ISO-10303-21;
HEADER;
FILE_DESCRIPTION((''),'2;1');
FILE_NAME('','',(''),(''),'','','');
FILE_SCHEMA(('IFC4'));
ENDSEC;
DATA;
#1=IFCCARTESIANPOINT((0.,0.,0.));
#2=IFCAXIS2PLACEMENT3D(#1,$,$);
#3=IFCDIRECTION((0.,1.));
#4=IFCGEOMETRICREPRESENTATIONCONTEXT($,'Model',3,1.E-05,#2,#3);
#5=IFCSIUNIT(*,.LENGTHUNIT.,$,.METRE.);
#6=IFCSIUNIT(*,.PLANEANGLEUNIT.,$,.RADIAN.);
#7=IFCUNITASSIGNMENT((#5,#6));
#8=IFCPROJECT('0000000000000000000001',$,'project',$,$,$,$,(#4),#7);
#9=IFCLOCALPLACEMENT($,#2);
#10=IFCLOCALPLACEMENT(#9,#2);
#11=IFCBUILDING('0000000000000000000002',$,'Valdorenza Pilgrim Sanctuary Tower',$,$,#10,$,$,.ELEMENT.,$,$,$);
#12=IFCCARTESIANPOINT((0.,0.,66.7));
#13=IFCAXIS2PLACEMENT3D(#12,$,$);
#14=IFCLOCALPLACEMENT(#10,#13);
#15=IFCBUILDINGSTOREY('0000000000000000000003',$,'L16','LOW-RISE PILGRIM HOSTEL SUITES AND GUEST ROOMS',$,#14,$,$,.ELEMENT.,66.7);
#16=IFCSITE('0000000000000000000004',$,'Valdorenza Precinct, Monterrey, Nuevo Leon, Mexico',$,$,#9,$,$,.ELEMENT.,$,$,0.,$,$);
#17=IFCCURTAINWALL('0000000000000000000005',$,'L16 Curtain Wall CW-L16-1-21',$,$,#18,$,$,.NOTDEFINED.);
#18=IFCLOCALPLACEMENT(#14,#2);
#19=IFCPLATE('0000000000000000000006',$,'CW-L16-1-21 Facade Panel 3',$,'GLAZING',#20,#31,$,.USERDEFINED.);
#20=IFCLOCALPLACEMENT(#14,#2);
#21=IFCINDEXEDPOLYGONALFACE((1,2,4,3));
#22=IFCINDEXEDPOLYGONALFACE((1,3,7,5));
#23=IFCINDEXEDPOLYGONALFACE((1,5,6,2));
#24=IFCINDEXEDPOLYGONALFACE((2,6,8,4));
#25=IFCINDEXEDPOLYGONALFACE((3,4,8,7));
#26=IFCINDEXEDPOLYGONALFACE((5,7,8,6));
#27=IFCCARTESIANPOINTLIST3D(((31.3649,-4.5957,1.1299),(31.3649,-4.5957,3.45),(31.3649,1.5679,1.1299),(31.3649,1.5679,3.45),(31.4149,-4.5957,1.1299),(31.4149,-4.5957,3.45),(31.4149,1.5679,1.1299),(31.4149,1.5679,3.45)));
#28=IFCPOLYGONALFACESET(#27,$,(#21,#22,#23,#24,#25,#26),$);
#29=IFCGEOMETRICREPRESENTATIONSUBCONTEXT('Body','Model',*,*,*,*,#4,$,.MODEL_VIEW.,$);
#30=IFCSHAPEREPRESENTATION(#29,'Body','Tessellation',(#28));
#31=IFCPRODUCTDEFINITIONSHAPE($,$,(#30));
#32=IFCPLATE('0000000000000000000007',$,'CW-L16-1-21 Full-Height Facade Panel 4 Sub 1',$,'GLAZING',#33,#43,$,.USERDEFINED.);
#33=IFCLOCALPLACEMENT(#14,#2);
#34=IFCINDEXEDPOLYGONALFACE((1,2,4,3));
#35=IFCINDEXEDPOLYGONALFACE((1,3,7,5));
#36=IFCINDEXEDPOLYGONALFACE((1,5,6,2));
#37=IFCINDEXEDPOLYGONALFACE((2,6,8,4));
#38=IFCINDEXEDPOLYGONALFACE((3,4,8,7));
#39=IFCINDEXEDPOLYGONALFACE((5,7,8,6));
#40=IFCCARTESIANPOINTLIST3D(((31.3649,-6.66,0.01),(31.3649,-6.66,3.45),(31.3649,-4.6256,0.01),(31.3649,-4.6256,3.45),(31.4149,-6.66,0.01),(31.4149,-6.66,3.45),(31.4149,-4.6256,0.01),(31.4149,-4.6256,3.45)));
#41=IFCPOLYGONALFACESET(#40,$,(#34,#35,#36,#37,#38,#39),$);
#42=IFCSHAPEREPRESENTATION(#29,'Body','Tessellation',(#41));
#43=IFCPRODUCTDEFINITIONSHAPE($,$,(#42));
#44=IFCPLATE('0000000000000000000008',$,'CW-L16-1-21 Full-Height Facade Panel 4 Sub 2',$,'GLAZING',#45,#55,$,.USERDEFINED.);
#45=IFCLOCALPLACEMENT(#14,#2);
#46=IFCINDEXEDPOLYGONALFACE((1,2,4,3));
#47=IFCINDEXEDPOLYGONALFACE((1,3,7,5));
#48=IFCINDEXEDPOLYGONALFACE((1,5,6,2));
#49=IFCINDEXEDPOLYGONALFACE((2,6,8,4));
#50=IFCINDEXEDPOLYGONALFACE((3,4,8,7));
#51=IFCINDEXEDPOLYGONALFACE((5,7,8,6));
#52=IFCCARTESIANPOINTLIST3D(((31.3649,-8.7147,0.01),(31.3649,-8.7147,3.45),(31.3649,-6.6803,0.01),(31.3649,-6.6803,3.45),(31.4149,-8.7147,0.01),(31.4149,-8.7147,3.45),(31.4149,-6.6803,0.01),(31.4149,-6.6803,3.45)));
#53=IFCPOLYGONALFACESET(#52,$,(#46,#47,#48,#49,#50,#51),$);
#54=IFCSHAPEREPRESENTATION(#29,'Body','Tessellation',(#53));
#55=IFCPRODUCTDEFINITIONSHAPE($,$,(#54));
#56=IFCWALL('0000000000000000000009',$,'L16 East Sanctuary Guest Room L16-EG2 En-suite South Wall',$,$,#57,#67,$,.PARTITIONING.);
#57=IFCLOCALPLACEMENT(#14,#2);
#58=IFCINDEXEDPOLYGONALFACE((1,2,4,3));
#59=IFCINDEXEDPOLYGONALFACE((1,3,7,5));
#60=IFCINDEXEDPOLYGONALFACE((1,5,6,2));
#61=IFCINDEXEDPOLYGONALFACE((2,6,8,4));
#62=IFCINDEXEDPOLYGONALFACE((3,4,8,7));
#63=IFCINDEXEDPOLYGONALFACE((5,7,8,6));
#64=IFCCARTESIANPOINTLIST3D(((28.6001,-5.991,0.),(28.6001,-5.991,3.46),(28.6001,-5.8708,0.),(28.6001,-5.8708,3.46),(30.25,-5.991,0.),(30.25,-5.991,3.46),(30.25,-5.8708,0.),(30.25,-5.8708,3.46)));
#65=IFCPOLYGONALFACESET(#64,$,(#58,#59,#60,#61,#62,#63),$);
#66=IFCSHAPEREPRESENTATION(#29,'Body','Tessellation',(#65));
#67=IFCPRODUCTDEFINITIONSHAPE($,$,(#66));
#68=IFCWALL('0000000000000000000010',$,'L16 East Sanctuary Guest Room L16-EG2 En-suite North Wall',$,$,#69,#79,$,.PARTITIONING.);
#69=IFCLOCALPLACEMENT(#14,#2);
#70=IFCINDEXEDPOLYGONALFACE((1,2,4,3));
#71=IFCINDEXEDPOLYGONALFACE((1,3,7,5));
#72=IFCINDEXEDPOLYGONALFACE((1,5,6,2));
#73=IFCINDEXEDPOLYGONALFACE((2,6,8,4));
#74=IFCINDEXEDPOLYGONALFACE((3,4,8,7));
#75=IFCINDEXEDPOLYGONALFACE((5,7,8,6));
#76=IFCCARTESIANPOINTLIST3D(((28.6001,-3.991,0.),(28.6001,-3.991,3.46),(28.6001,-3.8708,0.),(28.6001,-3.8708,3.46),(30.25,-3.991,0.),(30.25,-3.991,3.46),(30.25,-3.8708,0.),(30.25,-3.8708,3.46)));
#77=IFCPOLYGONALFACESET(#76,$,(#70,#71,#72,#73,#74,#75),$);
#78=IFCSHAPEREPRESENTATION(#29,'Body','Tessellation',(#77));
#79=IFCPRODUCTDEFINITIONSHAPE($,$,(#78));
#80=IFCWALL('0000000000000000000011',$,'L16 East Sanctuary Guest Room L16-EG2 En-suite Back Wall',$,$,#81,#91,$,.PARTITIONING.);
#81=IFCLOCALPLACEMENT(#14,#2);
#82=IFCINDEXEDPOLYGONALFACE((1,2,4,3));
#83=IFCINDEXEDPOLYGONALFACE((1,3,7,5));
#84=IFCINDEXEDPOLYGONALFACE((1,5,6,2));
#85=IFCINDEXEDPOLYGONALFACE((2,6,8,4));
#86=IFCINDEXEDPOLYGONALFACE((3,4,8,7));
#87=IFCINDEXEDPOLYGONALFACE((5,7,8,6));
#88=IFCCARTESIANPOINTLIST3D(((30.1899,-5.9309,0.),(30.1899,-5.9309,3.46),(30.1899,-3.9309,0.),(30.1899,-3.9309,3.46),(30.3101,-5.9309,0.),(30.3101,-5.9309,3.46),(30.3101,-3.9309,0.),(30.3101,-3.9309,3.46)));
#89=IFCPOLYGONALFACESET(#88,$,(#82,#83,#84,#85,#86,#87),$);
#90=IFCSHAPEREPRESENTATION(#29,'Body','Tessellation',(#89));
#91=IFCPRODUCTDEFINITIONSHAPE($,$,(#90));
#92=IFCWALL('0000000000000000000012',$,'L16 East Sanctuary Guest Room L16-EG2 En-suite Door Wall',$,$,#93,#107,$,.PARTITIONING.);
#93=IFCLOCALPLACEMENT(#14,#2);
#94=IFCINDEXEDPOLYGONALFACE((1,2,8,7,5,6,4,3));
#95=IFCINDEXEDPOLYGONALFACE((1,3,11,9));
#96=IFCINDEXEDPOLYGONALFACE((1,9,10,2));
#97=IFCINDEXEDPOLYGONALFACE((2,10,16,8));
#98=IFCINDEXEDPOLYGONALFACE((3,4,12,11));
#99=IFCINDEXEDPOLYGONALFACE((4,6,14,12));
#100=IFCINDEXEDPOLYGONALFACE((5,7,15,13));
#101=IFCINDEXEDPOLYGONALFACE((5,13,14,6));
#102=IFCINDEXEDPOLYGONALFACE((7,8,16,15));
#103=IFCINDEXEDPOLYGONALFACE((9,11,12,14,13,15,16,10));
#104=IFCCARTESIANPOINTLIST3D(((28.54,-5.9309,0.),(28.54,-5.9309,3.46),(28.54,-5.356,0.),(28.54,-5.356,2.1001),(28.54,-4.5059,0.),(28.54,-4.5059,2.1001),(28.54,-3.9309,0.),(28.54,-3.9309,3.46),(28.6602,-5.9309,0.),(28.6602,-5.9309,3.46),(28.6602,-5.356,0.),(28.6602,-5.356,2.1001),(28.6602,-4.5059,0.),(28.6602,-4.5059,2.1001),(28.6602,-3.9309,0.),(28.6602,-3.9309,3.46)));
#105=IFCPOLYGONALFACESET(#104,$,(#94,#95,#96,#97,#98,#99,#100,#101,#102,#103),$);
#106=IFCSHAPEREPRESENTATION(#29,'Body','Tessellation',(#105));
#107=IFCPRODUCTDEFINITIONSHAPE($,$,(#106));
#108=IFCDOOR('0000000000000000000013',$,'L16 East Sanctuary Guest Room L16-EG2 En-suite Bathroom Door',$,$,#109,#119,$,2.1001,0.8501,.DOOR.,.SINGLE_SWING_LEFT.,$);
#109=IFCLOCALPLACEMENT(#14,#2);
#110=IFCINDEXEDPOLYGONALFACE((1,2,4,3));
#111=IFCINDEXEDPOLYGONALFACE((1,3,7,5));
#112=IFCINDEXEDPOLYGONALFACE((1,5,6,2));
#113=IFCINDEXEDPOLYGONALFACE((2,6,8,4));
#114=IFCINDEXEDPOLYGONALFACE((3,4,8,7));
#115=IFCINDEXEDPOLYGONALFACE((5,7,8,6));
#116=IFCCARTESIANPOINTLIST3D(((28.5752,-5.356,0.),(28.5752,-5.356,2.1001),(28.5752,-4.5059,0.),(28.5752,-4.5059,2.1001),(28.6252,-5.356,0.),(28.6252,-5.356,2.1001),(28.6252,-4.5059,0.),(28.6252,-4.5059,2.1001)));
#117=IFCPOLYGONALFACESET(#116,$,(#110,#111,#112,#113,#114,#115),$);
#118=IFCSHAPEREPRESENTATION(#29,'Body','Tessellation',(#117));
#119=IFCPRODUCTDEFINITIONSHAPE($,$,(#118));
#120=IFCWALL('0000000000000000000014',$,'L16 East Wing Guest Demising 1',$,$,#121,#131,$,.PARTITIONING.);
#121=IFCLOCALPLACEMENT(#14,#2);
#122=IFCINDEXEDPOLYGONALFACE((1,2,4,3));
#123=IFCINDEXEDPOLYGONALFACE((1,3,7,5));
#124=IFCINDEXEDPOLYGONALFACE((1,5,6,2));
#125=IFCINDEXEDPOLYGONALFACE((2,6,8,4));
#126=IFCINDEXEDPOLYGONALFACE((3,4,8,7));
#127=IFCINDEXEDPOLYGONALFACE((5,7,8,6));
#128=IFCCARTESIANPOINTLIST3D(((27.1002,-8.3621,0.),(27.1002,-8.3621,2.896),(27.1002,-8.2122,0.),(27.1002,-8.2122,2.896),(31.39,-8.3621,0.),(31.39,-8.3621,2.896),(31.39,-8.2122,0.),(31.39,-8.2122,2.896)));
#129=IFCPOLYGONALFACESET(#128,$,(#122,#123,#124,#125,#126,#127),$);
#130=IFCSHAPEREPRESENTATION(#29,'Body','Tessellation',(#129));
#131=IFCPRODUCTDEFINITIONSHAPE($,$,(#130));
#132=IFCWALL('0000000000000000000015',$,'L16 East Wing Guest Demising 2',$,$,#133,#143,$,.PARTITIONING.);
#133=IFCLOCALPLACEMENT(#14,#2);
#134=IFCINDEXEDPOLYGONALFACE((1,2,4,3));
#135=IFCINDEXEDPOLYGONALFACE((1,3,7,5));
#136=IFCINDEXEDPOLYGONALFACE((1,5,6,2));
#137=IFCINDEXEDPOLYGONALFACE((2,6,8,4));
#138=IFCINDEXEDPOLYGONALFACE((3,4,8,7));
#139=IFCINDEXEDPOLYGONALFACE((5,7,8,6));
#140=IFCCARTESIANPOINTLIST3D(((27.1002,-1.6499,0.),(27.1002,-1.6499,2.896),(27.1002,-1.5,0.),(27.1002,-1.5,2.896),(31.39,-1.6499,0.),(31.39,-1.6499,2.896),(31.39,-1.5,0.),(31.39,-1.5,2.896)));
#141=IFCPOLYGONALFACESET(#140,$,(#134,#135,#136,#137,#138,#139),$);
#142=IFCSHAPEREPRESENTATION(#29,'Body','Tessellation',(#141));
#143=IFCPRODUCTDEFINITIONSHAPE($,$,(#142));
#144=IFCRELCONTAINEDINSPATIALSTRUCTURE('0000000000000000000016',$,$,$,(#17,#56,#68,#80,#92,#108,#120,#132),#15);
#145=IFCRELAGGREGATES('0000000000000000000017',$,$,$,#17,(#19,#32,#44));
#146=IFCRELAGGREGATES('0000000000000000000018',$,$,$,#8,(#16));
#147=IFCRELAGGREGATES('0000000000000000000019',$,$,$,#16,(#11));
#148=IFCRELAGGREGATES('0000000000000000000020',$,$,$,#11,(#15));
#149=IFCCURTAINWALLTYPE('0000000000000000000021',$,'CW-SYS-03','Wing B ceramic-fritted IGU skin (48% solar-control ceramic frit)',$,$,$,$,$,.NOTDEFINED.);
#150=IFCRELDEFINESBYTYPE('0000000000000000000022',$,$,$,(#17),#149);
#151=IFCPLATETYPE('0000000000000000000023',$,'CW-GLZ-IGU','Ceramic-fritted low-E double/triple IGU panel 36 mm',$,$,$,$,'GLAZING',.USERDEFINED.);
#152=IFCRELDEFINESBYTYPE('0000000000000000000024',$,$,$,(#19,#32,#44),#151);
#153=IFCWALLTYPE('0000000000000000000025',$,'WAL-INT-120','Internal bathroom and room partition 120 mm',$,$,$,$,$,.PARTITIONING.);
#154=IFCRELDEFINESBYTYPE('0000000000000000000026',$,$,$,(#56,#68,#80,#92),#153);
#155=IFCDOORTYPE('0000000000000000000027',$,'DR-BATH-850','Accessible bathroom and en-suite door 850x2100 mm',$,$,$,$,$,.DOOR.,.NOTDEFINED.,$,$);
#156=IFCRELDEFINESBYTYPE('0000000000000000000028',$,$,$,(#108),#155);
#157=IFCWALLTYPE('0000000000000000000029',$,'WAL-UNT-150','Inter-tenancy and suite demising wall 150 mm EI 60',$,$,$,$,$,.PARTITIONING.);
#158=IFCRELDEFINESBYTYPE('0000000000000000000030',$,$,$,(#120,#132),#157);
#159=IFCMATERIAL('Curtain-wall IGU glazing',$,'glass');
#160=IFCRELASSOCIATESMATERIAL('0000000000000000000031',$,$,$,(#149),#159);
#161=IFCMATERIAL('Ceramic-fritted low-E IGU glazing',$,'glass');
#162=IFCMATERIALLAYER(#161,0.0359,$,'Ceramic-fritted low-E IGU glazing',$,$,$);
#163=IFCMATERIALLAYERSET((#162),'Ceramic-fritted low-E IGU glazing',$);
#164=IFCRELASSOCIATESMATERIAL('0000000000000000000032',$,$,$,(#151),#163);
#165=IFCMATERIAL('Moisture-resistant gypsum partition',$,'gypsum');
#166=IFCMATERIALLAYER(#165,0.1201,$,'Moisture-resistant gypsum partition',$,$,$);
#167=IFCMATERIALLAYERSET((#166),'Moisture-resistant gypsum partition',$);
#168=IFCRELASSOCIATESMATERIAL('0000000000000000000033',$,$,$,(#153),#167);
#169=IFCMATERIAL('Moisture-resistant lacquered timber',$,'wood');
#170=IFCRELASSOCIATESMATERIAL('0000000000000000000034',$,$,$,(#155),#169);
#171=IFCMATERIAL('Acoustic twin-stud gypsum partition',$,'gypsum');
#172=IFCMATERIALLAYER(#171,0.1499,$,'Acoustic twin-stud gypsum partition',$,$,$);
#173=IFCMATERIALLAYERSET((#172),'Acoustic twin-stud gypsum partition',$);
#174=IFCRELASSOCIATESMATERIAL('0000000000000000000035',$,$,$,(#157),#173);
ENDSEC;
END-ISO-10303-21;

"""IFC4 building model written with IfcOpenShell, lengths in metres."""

from ifc_helpers import new_model, si_unit, direction, frame, frame_2d, origin, origin_2d, place, context, subcontext, project, spatial, rectangle, extrude, source, transform, mapped, material, layer, layer_set, type_object, element, fill, aggregate, save


model = new_model("IFC4")

# Units and contexts
model_context = context("Model", 3, precision=1e-05, world=origin(), true_north=direction((0.0, 1.0)))
body_context = subcontext(model_context, "Body", "Model", "MODEL_VIEW")
ifc_project = project(units=[si_unit("LENGTHUNIT", "METRE"), si_unit("PLANEANGLEUNIT", "RADIAN")], contexts=[model_context])

# Site, building, storey
site_placement = place(None, origin())
site = spatial("IfcSite", under=ifc_project, at=site_placement, Name="Valdorenza Precinct, Monterrey, Nuevo Leon, Mexico", CompositionType="ELEMENT", RefElevation=0.0)
building_placement = place(site_placement, origin())
building = spatial("IfcBuilding", under=site, at=building_placement, Name="Valdorenza Pilgrim Sanctuary Tower", CompositionType="ELEMENT")
storey_placement = place(building_placement, frame((0.0, 0.0, 66.7)))
storey = spatial("IfcBuildingStorey", under=building, at=storey_placement, Name="L16", Description="LOW-RISE PILGRIM HOSTEL SUITES AND GUEST ROOMS", CompositionType="ELEMENT", Elevation=66.7)

# Curtain wall, plates
ifc_material_1 = material(Name="Curtain-wall IGU glazing", Category="glass")
curtain_wall_type = type_object("IfcCurtainWallType", Name="CW-SYS-03", Description="Wing B ceramic-fritted IGU skin (48% solar-control ceramic frit)", PredefinedType="NOTDEFINED", material=ifc_material_1)
curtain_wall_placement = place(storey_placement, origin())
curtain_wall = element("IfcCurtainWall", 1, at=curtain_wall_placement, inside=storey, type_object=curtain_wall_type, Name="L16 Curtain Wall CW-L16-1-21", PredefinedType="NOTDEFINED")
ifc_material_2 = material(Name="Ceramic-fritted low-E IGU glazing", Category="glass")
ifc_layer_1 = layer(ifc_material_2, 0.0359, Name="Ceramic-fritted low-E IGU glazing")
ifc_layer_set_1 = layer_set([ifc_layer_1], Name="Ceramic-fritted low-E IGU glazing")
plate_type_1 = type_object("IfcPlateType", Name="CW-GLZ-IGU", Description="Ceramic-fritted low-E double/triple IGU panel 36 mm", ElementType="GLAZING", PredefinedType="USERDEFINED", material=ifc_layer_set_1)
shared_shape_1 = source(origin(), body_context, "Body", "SweptSolid", [
    extrude(rectangle(XDim=6.1636, YDim=0.05, at=origin_2d()), origin(), (0.0, 0.0, 1.0), 2.3201),
])
plate_1_placement = place(storey_placement, frame((31.3899, -1.5139, 1.1299), z_axis=(0.0, 0.0, 1.0), x_axis=(0.0, -1.0, 0.0)))
plate_1 = element("IfcPlate", 2, at=plate_1_placement, type_object=plate_type_1, Name="CW-L16-1-21 Facade Panel 3", ObjectType="GLAZING", PredefinedType="USERDEFINED", context=body_context, shape_type="MappedRepresentation", body=[
    mapped(shared_shape_1, transform((0.0, 0.0, 0.0), x_axis=(1.0, 0.0, 0.0), y_axis=(0.0, 1.0, 0.0), z_axis=(0.0, 0.0, 1.0), scale=1.0)),
])
shared_shape_2 = source(origin(), body_context, "Body", "SweptSolid", [
    extrude(rectangle(XDim=2.0344, YDim=0.05, at=origin_2d()), origin(), (0.0, 0.0, 1.0), 3.4399),
])
plate_2_placement = place(storey_placement, frame((31.3899, -5.6428, 0.01), z_axis=(0.0, 0.0, 1.0), x_axis=(0.0, -1.0, 0.0)))
plate_2 = element("IfcPlate", 3, at=plate_2_placement, type_object=plate_type_1, Name="CW-L16-1-21 Full-Height Facade Panel 4 Sub 1", ObjectType="GLAZING", PredefinedType="USERDEFINED", context=body_context, shape_type="MappedRepresentation", body=[
    mapped(shared_shape_2, transform((0.0, 0.0, 0.0), x_axis=(1.0, 0.0, 0.0), y_axis=(0.0, 1.0, 0.0), z_axis=(0.0, 0.0, 1.0), scale=1.0)),
])
plate_3_placement = place(storey_placement, frame((31.3899, -7.6975, 0.01), z_axis=(0.0, 0.0, 1.0), x_axis=(0.0, -1.0, 0.0)))
plate_3 = element("IfcPlate", 4, at=plate_3_placement, type_object=plate_type_1, Name="CW-L16-1-21 Full-Height Facade Panel 4 Sub 2", ObjectType="GLAZING", PredefinedType="USERDEFINED", context=body_context, shape_type="MappedRepresentation", body=[
    mapped(shared_shape_2, transform((0.0, 0.0, 0.0), x_axis=(1.0, 0.0, 0.0), y_axis=(0.0, 1.0, 0.0), z_axis=(0.0, 0.0, 1.0), scale=1.0)),
])
aggregate(curtain_wall, [plate_1, plate_2, plate_3])

# Walls
ifc_material_3 = material(Name="Moisture-resistant gypsum partition", Category="gypsum")
ifc_layer_2 = layer(ifc_material_3, 0.1201, Name="Moisture-resistant gypsum partition")
ifc_layer_set_2 = layer_set([ifc_layer_2], Name="Moisture-resistant gypsum partition")
wall_type_1 = type_object("IfcWallType", Name="WAL-INT-120", Description="Internal bathroom and room partition 120 mm", PredefinedType="PARTITIONING", material=ifc_layer_set_2)
for number, where, z_axis, x_axis, name in (
    (5, (28.6001, -5.9309, 0.0), (0.0, 0.0, 1.0), (1.0, 0.0, 0.0), "L16 East Sanctuary Guest Room L16-EG2 En-suite South Wall"),
    (6, (28.6001, -3.9309, 0.0), (0.0, 0.0, 1.0), (1.0, 0.0, 0.0), "L16 East Sanctuary Guest Room L16-EG2 En-suite North Wall"),
):
    element("IfcWall", number, at=place(storey_placement, frame(where, z_axis=z_axis, x_axis=x_axis)), inside=storey, type_object=wall_type_1, Name=name, PredefinedType="PARTITIONING", context=body_context, shape_type="SweptSolid", body=[
        extrude(rectangle(XDim=1.6499, YDim=0.1201, at=frame_2d((0.825, 0.0))), origin(), (0.0, 0.0, 1.0), 3.46),
    ])
wall_1_placement = place(storey_placement, frame((30.25, -5.9309, 0.0), z_axis=(0.0, 0.0, 1.0), x_axis=(0.0, 1.0, 0.0)))
element("IfcWall", 7, at=wall_1_placement, inside=storey, type_object=wall_type_1, Name="L16 East Sanctuary Guest Room L16-EG2 En-suite Back Wall", PredefinedType="PARTITIONING", context=body_context, shape_type="SweptSolid", body=[
    extrude(rectangle(XDim=2.0, YDim=0.1201, at=frame_2d((1.0, 0.0))), origin(), (0.0, 0.0, 1.0), 3.46),
])

# Wall, opening, door
wall_2_placement = place(storey_placement, frame((28.6001, -5.9309, 0.0), z_axis=(0.0, 0.0, 1.0), x_axis=(0.0, 1.0, 0.0)))
wall_2 = element("IfcWall", 8, at=wall_2_placement, inside=storey, type_object=wall_type_1, Name="L16 East Sanctuary Guest Room L16-EG2 En-suite Door Wall", PredefinedType="PARTITIONING", context=body_context, shape_type="SweptSolid", body=[
    extrude(rectangle(XDim=2.0, YDim=0.1201, at=frame_2d((1.0, 0.0))), origin(), (0.0, 0.0, 1.0), 3.46),
])
opening_placement = place(wall_2_placement, frame((0.575, 0.0, 0.0)))
opening = element("IfcOpeningElement", 9, at=opening_placement, cuts=wall_2, PredefinedType="OPENING", context=body_context, shape_type="SweptSolid", body=[
    extrude(rectangle(XDim=0.8501, YDim=2.1001, at=frame_2d((0.425, 1.05))), frame((0.0, 0.075, 0.0), z_axis=(0.0, -1.0, 0.0), x_axis=(1.0, 0.0, 0.0)), (0.0, 0.0, 1.0), 0.1499),
])
ifc_material_4 = material(Name="Moisture-resistant lacquered timber", Category="wood")
door_type = type_object("IfcDoorType", Name="DR-BATH-850", Description="Accessible bathroom and en-suite door 850x2100 mm", OperationType="NOTDEFINED", PredefinedType="DOOR", material=ifc_material_4)
door_placement = place(opening_placement, origin())
door = element("IfcDoor", 10, at=door_placement, inside=storey, type_object=door_type, Name="L16 East Sanctuary Guest Room L16-EG2 En-suite Bathroom Door", OperationType="SINGLE_SWING_LEFT", OverallHeight=2.1001, OverallWidth=0.8501, PredefinedType="DOOR", context=body_context, shape_type="SweptSolid", body=[
    extrude(rectangle(XDim=0.8501, YDim=2.1001, at=frame_2d((0.425, 1.05))), frame((0.0, 0.0249, 0.0), z_axis=(0.0, -1.0, 0.0), x_axis=(1.0, 0.0, 0.0)), (0.0, 0.0, 1.0), 0.05),
])
fill(opening, door)

# Walls
ifc_material_5 = material(Name="Acoustic twin-stud gypsum partition", Category="gypsum")
ifc_layer_3 = layer(ifc_material_5, 0.1499, Name="Acoustic twin-stud gypsum partition")
ifc_layer_set_3 = layer_set([ifc_layer_3], Name="Acoustic twin-stud gypsum partition")
wall_type_2 = type_object("IfcWallType", Name="WAL-UNT-150", Description="Inter-tenancy and suite demising wall 150 mm EI 60", PredefinedType="PARTITIONING", material=ifc_layer_set_3)
for number, where, z_axis, x_axis, name in (
    (11, (27.1001, -8.2871, 0.0), (0.0, 0.0, 1.0), (1.0, 0.0, 0.0), "L16 East Wing Guest Demising 1"),
    (12, (27.1001, -1.575, 0.0), (0.0, 0.0, 1.0), (1.0, 0.0, 0.0), "L16 East Wing Guest Demising 2"),
):
    element("IfcWall", number, at=place(storey_placement, frame(where, z_axis=z_axis, x_axis=x_axis)), inside=storey, type_object=wall_type_2, Name=name, PredefinedType="PARTITIONING", context=body_context, shape_type="SweptSolid", body=[
        extrude(rectangle(XDim=4.2898, YDim=0.1499, at=frame_2d((2.145, 0.0))), origin(), (0.0, 0.0, 1.0), 2.896),
    ])

save(model, "model.ifc")
